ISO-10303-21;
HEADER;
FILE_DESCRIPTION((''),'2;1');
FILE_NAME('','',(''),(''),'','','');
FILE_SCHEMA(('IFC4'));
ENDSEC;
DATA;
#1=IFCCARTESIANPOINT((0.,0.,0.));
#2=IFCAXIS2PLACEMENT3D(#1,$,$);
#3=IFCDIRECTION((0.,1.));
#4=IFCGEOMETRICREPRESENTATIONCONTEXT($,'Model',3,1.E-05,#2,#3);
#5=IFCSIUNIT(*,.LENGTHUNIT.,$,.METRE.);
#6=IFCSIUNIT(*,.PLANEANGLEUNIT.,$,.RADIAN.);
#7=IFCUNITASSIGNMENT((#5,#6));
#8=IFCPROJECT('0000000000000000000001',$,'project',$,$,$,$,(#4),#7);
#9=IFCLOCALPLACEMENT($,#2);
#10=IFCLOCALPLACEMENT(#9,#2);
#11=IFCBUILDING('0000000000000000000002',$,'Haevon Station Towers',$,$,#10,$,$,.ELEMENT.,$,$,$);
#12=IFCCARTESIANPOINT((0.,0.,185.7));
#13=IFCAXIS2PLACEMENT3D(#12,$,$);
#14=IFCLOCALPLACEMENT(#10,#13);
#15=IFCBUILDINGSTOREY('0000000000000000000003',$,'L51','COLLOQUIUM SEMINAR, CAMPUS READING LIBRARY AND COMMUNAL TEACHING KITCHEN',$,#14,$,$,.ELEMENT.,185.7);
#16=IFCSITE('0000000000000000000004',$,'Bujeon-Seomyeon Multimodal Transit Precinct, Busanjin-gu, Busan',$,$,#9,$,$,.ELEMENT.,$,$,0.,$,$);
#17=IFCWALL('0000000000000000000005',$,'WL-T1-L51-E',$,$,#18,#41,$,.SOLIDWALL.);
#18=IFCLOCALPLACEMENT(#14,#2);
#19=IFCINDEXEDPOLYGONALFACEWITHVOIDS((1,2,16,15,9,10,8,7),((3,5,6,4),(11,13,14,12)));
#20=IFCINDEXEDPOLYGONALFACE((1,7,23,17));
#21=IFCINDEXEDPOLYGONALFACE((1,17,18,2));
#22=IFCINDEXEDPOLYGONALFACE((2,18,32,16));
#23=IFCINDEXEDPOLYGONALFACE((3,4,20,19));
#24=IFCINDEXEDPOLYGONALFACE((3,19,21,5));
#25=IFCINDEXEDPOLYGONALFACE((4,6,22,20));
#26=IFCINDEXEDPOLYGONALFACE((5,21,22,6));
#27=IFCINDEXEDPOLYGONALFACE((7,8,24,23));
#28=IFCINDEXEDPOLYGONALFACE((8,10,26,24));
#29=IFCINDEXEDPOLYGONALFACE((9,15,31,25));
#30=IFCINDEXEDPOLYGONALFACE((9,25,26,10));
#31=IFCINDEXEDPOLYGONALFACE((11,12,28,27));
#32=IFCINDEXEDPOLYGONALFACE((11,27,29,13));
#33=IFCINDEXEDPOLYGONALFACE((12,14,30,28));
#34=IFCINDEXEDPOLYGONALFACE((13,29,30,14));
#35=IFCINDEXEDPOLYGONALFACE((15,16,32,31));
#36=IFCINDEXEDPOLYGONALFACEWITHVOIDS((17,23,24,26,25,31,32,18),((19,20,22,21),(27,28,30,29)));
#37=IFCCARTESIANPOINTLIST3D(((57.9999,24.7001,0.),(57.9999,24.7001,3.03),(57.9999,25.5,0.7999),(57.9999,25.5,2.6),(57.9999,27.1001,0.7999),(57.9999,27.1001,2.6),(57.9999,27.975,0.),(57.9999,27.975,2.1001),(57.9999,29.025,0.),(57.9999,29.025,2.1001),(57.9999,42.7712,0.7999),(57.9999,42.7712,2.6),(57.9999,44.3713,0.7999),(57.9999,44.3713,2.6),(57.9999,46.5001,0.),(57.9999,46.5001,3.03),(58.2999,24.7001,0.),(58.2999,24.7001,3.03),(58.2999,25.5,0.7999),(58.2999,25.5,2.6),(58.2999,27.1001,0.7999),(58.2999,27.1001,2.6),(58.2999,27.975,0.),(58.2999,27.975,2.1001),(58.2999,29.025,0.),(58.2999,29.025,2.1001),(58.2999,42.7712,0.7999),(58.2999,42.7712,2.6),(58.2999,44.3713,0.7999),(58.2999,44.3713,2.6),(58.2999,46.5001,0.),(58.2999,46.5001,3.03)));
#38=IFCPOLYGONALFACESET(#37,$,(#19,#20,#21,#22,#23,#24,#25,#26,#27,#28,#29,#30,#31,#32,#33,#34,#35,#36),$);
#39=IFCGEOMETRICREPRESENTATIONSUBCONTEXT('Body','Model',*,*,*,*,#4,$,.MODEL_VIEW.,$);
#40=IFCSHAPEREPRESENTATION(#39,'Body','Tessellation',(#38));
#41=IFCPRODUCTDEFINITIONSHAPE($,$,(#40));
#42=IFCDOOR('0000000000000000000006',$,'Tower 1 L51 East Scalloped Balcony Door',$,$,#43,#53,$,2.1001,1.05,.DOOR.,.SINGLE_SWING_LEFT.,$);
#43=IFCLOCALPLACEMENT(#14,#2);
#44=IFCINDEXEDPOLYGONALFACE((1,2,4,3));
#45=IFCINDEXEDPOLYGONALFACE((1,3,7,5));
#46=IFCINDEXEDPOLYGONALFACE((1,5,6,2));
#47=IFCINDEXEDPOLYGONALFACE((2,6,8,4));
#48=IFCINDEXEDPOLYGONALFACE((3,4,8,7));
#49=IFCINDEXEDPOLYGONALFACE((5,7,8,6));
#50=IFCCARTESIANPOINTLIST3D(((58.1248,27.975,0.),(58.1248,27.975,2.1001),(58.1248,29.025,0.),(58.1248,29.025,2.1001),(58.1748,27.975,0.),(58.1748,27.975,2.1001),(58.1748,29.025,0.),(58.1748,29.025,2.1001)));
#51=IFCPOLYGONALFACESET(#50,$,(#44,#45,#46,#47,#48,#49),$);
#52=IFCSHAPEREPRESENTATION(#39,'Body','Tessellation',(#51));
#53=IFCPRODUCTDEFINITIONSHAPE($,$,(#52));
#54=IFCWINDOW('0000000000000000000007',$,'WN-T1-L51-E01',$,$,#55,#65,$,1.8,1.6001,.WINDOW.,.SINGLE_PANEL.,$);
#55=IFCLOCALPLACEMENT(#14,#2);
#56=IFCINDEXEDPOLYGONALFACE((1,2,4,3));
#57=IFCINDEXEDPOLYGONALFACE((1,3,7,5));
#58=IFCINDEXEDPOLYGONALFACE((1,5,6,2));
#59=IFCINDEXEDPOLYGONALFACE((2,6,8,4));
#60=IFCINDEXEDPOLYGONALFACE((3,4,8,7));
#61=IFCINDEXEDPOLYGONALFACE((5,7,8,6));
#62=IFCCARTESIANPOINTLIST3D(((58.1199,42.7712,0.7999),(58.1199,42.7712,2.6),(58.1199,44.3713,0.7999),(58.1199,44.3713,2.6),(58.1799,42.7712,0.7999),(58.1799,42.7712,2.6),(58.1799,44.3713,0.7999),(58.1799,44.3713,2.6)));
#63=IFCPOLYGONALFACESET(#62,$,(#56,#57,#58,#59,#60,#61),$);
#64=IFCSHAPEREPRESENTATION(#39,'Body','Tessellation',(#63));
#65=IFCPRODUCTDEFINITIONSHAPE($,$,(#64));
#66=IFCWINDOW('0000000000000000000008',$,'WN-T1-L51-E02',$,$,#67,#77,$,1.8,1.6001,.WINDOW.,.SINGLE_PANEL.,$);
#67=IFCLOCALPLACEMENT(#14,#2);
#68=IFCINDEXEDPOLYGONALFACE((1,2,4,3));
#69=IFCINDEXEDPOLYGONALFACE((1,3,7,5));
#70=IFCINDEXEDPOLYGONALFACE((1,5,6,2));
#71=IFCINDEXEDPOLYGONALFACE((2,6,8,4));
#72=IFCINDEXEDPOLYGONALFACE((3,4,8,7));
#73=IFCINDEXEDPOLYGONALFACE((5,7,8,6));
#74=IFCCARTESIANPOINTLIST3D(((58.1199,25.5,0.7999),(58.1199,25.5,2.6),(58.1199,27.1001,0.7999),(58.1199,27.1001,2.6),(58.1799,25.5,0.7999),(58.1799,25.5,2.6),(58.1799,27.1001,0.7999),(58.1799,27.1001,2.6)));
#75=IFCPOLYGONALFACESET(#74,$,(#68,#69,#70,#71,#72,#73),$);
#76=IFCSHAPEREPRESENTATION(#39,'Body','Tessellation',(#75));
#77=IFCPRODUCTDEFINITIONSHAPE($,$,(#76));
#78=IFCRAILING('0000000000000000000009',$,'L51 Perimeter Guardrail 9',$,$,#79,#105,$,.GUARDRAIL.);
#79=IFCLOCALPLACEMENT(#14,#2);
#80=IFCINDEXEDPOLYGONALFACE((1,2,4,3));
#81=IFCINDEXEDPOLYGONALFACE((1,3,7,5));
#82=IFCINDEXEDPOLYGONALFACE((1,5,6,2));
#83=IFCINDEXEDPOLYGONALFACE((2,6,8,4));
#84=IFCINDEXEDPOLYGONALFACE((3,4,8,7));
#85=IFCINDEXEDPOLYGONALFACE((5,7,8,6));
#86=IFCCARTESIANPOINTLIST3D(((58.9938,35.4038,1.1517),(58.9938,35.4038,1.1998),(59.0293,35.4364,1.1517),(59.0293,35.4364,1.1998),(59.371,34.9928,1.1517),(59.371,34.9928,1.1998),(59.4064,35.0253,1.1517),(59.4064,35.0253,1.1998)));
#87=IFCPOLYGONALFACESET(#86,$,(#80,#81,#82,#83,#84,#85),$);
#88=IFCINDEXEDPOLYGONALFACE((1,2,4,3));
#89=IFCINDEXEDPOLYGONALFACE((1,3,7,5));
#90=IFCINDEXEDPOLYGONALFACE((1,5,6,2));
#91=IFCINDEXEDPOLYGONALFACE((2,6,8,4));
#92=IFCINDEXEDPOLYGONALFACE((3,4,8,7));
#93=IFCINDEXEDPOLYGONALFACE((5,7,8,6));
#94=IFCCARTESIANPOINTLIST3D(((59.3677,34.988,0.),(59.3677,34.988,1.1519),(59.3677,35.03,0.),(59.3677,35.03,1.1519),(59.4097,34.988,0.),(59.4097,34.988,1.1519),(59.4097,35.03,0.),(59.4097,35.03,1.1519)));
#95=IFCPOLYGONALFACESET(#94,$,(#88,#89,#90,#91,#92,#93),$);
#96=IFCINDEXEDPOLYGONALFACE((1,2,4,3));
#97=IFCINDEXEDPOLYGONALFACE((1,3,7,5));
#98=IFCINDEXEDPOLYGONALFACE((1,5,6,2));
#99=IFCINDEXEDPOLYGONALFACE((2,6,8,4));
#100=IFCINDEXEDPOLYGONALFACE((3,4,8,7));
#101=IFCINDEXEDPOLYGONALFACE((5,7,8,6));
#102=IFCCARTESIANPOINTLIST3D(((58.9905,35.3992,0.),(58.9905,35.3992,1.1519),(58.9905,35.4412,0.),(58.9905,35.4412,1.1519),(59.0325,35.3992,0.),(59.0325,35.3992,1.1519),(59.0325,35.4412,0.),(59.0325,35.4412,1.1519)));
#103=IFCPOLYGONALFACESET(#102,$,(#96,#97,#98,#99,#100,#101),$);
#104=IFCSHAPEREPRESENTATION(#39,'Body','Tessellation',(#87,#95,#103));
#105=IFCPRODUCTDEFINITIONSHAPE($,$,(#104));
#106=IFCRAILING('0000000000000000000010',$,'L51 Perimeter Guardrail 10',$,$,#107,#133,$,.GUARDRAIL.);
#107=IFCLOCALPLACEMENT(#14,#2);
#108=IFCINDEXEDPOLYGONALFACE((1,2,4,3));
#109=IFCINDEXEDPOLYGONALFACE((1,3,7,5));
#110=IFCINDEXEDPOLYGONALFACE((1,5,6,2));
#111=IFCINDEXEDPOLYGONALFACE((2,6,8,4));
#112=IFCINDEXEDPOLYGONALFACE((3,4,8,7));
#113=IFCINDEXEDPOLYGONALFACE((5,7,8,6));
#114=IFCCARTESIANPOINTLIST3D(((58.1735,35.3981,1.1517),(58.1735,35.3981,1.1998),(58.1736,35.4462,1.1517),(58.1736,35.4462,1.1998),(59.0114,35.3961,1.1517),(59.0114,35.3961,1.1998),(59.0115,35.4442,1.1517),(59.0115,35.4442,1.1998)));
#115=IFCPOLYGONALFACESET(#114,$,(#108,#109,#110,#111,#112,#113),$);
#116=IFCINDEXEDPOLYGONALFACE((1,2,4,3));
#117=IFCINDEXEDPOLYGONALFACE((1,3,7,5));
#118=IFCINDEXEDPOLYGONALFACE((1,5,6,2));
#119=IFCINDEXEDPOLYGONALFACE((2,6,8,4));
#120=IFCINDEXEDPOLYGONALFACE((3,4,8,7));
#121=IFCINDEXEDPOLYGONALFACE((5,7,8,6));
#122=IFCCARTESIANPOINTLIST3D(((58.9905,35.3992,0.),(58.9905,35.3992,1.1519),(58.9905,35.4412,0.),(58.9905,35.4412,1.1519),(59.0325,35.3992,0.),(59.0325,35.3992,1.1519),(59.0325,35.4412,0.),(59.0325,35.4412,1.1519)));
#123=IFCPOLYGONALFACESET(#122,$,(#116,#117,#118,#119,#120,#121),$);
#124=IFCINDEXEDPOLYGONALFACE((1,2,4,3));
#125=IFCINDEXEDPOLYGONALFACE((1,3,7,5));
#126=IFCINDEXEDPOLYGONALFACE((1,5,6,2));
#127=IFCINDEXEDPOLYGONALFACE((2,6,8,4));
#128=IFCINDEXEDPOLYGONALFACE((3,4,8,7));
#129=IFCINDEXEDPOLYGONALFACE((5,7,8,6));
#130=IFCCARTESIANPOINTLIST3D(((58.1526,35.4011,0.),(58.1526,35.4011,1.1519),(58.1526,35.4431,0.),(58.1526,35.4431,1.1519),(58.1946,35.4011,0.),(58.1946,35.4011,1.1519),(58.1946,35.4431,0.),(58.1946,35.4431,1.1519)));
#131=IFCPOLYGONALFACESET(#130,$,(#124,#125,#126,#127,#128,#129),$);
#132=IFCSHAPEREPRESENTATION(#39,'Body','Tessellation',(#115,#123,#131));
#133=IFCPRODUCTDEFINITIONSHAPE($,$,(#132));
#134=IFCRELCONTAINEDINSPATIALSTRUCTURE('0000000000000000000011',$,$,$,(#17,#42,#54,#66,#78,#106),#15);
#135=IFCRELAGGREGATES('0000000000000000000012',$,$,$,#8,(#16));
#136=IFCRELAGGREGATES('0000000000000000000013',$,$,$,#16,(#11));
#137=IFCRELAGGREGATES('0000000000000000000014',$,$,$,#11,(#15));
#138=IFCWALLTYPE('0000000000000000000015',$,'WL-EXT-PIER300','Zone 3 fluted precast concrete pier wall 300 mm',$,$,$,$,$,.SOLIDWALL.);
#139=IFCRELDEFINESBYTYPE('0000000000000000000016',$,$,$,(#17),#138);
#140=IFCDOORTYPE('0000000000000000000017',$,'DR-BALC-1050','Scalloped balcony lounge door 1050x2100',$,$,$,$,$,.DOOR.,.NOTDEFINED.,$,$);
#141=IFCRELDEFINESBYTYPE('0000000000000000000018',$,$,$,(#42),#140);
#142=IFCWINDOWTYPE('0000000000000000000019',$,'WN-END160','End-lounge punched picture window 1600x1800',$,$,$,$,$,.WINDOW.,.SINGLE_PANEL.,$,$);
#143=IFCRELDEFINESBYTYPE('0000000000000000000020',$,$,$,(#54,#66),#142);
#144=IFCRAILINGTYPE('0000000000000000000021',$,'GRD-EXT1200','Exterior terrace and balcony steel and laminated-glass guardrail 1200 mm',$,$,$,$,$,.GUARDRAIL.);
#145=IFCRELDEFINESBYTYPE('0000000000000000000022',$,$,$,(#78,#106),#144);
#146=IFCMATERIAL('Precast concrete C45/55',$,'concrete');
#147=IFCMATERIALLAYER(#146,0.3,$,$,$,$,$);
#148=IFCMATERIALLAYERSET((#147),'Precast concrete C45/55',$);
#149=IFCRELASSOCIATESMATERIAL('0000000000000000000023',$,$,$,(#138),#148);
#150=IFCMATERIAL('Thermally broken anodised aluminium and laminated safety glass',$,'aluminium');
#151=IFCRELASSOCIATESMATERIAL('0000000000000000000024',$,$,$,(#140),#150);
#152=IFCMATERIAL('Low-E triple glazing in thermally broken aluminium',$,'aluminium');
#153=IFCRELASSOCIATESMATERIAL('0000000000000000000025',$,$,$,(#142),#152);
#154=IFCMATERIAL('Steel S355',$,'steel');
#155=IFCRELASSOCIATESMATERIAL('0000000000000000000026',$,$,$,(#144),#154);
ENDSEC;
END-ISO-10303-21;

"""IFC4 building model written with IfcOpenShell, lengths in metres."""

from ifc_helpers import new_model, si_unit, direction, frame, frame_2d, origin, origin_2d, place, context, subcontext, project, spatial, rectangle, extrude, material, layer, layer_set, type_object, element, fill, save


model = new_model("IFC4")

# Units and contexts
model_context = context("Model", 3, precision=1e-05, world=origin(), true_north=direction((0.0, 1.0)))
body_context = subcontext(model_context, "Body", "Model", "MODEL_VIEW")
ifc_project = project(units=[si_unit("LENGTHUNIT", "METRE"), si_unit("PLANEANGLEUNIT", "RADIAN")], contexts=[model_context])

# Site, building, storey
site_placement = place(None, origin())
site = spatial("IfcSite", under=ifc_project, at=site_placement, Name="Bujeon-Seomyeon Multimodal Transit Precinct, Busanjin-gu, Busan", CompositionType="ELEMENT", RefElevation=0.0)
building_placement = place(site_placement, origin())
building = spatial("IfcBuilding", under=site, at=building_placement, Name="Haevon Station Towers", CompositionType="ELEMENT")
storey_placement = place(building_placement, frame((0.0, 0.0, 185.7)))
storey = spatial("IfcBuildingStorey", under=building, at=storey_placement, Name="L51", Description="COLLOQUIUM SEMINAR, CAMPUS READING LIBRARY AND COMMUNAL TEACHING KITCHEN", CompositionType="ELEMENT", Elevation=185.7)

# Shared definitions
ifc_material_1 = material(Name="Steel S355", Category="steel")

# Shared definitions
ifc_material_2 = material(Name="Precast concrete C45/55", Category="concrete")
ifc_layer_1 = layer(ifc_material_2, 0.3)
ifc_layer_set_1 = layer_set([ifc_layer_1], Name="Precast concrete C45/55")
wall_type_1 = type_object("IfcWallType", Name="WL-EXT-PIER300", Description="Zone 3 fluted precast concrete pier wall 300 mm", PredefinedType="SOLIDWALL", material=ifc_layer_set_1)

# Wall, openings, door, windows
wall_1_placement = place(storey_placement, frame((58.1499, 46.5, 0.0), z_axis=(0.0, 0.0, 1.0), x_axis=(0.0, -1.0, 0.0)))
wall_1 = element("IfcWall", 1, at=wall_1_placement, inside=storey, type_object=wall_type_1, Name="WL-T1-L51-E", PredefinedType="SOLIDWALL", context=body_context, shape_type="SweptSolid", body=[
    extrude(rectangle(XDim=21.8, YDim=0.3, at=frame_2d((10.8999, 0.0))), origin(), (0.0, 0.0, 1.0), 3.03),
])
opening_1_placement = place(wall_1_placement, frame((17.4751, 0.0, 0.0)))
opening_1 = element("IfcOpeningElement", 2, at=opening_1_placement, cuts=wall_1, PredefinedType="OPENING", context=body_context, shape_type="SweptSolid", body=[
    extrude(rectangle(XDim=1.05, YDim=2.1001, at=frame_2d((0.5249, 1.05))), frame((0.0, 0.1599, 0.0), z_axis=(0.0, -1.0, 0.0), x_axis=(1.0, 0.0, 0.0)), (0.0, 0.0, 1.0), 0.3201),
])
opening_2_placement = place(wall_1_placement, frame((2.1287, 0.0, 0.8)))
opening_2 = element("IfcOpeningElement", 3, at=opening_2_placement, cuts=wall_1, PredefinedType="OPENING", context=body_context, shape_type="SweptSolid", body=[
    extrude(rectangle(XDim=1.6001, YDim=1.8, at=frame_2d((0.8, 0.8999))), frame((0.0, 0.1599, 0.0), z_axis=(0.0, -1.0, 0.0), x_axis=(1.0, 0.0, 0.0)), (0.0, 0.0, 1.0), 0.3201),
])
opening_3_placement = place(wall_1_placement, frame((19.3999, 0.0, 0.8)))
opening_3 = element("IfcOpeningElement", 4, at=opening_3_placement, cuts=wall_1, PredefinedType="OPENING", context=body_context, shape_type="SweptSolid", body=[
    extrude(rectangle(XDim=1.6001, YDim=1.8, at=frame_2d((0.8, 0.8999))), frame((0.0, 0.1599, 0.0), z_axis=(0.0, -1.0, 0.0), x_axis=(1.0, 0.0, 0.0)), (0.0, 0.0, 1.0), 0.3201),
])
ifc_material_3 = material(Name="Thermally broken anodised aluminium and laminated safety glass", Category="aluminium")
door_type = type_object("IfcDoorType", Name="DR-BALC-1050", Description="Scalloped balcony lounge door 1050x2100", OperationType="NOTDEFINED", PredefinedType="DOOR", material=ifc_material_3)
door_placement = place(opening_1_placement, origin())
door = element("IfcDoor", 5, at=door_placement, inside=storey, type_object=door_type, Name="Tower 1 L51 East Scalloped Balcony Door", OperationType="SINGLE_SWING_LEFT", OverallHeight=2.1001, OverallWidth=1.05, PredefinedType="DOOR", context=body_context, shape_type="SweptSolid", body=[
    extrude(rectangle(XDim=1.05, YDim=2.1001, at=frame_2d((0.5249, 1.05))), frame((0.0, 0.0249, 0.0), z_axis=(0.0, -1.0, 0.0), x_axis=(1.0, 0.0, 0.0)), (0.0, 0.0, 1.0), 0.05),
])
fill(opening_1, door)
ifc_material_4 = material(Name="Low-E triple glazing in thermally broken aluminium", Category="aluminium")
window_type = type_object("IfcWindowType", Name="WN-END160", Description="End-lounge punched picture window 1600x1800", PartitioningType="SINGLE_PANEL", PredefinedType="WINDOW", material=ifc_material_4)
window_1_placement = place(opening_2_placement, origin())
window_1 = element("IfcWindow", 6, at=window_1_placement, inside=storey, type_object=window_type, Name="WN-T1-L51-E01", OverallHeight=1.8, OverallWidth=1.6001, PartitioningType="SINGLE_PANEL", PredefinedType="WINDOW", context=body_context, shape_type="SweptSolid", body=[
    extrude(rectangle(XDim=1.6001, YDim=1.8, at=frame_2d((0.8, 0.8999))), frame((0.0, 0.03, 0.0), z_axis=(0.0, -1.0, 0.0), x_axis=(1.0, 0.0, 0.0)), (0.0, 0.0, 1.0), 0.0601),
])
fill(opening_2, window_1)
window_2_placement = place(opening_3_placement, origin())
window_2 = element("IfcWindow", 7, at=window_2_placement, inside=storey, type_object=window_type, Name="WN-T1-L51-E02", OverallHeight=1.8, OverallWidth=1.6001, PartitioningType="SINGLE_PANEL", PredefinedType="WINDOW", context=body_context, shape_type="SweptSolid", body=[
    extrude(rectangle(XDim=1.6001, YDim=1.8, at=frame_2d((0.8, 0.8999))), frame((0.0, 0.03, 0.0), z_axis=(0.0, -1.0, 0.0), x_axis=(1.0, 0.0, 0.0)), (0.0, 0.0, 1.0), 0.0601),
])
fill(opening_3, window_2)

# Railings
railing_type = type_object("IfcRailingType", Name="GRD-EXT1200", Description="Exterior terrace and balcony steel and laminated-glass guardrail 1200 mm", PredefinedType="GUARDRAIL", material=ifc_material_1)
railing_1_placement = place(storey_placement, frame((59.3887, 35.009, 0.0)))
element("IfcRailing", 8, at=railing_1_placement, inside=storey, type_object=railing_type, Name="L51 Perimeter Guardrail 9", PredefinedType="GUARDRAIL", context=body_context, shape_type="SweptSolid", body=[
    extrude(rectangle(XDim=0.0481, YDim=0.0481, at=origin_2d()), frame((0.0, 0.0, 1.1758), z_axis=(-0.676042, 0.736863, 0.0), x_axis=(-0.736863, -0.676042, 0.0)), (0.0, 0.0, 1.0), 0.5579),
    extrude(rectangle(XDim=0.042, YDim=0.042, at=origin_2d()), origin(), (0.0, 0.0, 1.0), 1.1519),
    extrude(rectangle(XDim=0.042, YDim=0.042, at=origin_2d()), frame((-0.3772, 0.4111, 0.0)), (0.0, 0.0, 1.0), 1.1519),
])
railing_2_placement = place(storey_placement, frame((59.0115, 35.4202, 0.0)))
element("IfcRailing", 9, at=railing_2_placement, inside=storey, type_object=railing_type, Name="L51 Perimeter Guardrail 10", PredefinedType="GUARDRAIL", context=body_context, shape_type="SweptSolid", body=[
    extrude(rectangle(XDim=0.0481, YDim=0.0481, at=origin_2d()), frame((0.0, 0.0, 1.1758), z_axis=(-0.999997, 0.002331, 0.0), x_axis=(-0.002331, -0.999997, 0.0)), (0.0, 0.0, 1.0), 0.8379),
    extrude(rectangle(XDim=0.042, YDim=0.042, at=origin_2d()), origin(), (0.0, 0.0, 1.0), 1.1519),
    extrude(rectangle(XDim=0.042, YDim=0.042, at=origin_2d()), frame((-0.8379, 0.002, 0.0)), (0.0, 0.0, 1.0), 1.1519),
])

save(model, "model.ifc")
